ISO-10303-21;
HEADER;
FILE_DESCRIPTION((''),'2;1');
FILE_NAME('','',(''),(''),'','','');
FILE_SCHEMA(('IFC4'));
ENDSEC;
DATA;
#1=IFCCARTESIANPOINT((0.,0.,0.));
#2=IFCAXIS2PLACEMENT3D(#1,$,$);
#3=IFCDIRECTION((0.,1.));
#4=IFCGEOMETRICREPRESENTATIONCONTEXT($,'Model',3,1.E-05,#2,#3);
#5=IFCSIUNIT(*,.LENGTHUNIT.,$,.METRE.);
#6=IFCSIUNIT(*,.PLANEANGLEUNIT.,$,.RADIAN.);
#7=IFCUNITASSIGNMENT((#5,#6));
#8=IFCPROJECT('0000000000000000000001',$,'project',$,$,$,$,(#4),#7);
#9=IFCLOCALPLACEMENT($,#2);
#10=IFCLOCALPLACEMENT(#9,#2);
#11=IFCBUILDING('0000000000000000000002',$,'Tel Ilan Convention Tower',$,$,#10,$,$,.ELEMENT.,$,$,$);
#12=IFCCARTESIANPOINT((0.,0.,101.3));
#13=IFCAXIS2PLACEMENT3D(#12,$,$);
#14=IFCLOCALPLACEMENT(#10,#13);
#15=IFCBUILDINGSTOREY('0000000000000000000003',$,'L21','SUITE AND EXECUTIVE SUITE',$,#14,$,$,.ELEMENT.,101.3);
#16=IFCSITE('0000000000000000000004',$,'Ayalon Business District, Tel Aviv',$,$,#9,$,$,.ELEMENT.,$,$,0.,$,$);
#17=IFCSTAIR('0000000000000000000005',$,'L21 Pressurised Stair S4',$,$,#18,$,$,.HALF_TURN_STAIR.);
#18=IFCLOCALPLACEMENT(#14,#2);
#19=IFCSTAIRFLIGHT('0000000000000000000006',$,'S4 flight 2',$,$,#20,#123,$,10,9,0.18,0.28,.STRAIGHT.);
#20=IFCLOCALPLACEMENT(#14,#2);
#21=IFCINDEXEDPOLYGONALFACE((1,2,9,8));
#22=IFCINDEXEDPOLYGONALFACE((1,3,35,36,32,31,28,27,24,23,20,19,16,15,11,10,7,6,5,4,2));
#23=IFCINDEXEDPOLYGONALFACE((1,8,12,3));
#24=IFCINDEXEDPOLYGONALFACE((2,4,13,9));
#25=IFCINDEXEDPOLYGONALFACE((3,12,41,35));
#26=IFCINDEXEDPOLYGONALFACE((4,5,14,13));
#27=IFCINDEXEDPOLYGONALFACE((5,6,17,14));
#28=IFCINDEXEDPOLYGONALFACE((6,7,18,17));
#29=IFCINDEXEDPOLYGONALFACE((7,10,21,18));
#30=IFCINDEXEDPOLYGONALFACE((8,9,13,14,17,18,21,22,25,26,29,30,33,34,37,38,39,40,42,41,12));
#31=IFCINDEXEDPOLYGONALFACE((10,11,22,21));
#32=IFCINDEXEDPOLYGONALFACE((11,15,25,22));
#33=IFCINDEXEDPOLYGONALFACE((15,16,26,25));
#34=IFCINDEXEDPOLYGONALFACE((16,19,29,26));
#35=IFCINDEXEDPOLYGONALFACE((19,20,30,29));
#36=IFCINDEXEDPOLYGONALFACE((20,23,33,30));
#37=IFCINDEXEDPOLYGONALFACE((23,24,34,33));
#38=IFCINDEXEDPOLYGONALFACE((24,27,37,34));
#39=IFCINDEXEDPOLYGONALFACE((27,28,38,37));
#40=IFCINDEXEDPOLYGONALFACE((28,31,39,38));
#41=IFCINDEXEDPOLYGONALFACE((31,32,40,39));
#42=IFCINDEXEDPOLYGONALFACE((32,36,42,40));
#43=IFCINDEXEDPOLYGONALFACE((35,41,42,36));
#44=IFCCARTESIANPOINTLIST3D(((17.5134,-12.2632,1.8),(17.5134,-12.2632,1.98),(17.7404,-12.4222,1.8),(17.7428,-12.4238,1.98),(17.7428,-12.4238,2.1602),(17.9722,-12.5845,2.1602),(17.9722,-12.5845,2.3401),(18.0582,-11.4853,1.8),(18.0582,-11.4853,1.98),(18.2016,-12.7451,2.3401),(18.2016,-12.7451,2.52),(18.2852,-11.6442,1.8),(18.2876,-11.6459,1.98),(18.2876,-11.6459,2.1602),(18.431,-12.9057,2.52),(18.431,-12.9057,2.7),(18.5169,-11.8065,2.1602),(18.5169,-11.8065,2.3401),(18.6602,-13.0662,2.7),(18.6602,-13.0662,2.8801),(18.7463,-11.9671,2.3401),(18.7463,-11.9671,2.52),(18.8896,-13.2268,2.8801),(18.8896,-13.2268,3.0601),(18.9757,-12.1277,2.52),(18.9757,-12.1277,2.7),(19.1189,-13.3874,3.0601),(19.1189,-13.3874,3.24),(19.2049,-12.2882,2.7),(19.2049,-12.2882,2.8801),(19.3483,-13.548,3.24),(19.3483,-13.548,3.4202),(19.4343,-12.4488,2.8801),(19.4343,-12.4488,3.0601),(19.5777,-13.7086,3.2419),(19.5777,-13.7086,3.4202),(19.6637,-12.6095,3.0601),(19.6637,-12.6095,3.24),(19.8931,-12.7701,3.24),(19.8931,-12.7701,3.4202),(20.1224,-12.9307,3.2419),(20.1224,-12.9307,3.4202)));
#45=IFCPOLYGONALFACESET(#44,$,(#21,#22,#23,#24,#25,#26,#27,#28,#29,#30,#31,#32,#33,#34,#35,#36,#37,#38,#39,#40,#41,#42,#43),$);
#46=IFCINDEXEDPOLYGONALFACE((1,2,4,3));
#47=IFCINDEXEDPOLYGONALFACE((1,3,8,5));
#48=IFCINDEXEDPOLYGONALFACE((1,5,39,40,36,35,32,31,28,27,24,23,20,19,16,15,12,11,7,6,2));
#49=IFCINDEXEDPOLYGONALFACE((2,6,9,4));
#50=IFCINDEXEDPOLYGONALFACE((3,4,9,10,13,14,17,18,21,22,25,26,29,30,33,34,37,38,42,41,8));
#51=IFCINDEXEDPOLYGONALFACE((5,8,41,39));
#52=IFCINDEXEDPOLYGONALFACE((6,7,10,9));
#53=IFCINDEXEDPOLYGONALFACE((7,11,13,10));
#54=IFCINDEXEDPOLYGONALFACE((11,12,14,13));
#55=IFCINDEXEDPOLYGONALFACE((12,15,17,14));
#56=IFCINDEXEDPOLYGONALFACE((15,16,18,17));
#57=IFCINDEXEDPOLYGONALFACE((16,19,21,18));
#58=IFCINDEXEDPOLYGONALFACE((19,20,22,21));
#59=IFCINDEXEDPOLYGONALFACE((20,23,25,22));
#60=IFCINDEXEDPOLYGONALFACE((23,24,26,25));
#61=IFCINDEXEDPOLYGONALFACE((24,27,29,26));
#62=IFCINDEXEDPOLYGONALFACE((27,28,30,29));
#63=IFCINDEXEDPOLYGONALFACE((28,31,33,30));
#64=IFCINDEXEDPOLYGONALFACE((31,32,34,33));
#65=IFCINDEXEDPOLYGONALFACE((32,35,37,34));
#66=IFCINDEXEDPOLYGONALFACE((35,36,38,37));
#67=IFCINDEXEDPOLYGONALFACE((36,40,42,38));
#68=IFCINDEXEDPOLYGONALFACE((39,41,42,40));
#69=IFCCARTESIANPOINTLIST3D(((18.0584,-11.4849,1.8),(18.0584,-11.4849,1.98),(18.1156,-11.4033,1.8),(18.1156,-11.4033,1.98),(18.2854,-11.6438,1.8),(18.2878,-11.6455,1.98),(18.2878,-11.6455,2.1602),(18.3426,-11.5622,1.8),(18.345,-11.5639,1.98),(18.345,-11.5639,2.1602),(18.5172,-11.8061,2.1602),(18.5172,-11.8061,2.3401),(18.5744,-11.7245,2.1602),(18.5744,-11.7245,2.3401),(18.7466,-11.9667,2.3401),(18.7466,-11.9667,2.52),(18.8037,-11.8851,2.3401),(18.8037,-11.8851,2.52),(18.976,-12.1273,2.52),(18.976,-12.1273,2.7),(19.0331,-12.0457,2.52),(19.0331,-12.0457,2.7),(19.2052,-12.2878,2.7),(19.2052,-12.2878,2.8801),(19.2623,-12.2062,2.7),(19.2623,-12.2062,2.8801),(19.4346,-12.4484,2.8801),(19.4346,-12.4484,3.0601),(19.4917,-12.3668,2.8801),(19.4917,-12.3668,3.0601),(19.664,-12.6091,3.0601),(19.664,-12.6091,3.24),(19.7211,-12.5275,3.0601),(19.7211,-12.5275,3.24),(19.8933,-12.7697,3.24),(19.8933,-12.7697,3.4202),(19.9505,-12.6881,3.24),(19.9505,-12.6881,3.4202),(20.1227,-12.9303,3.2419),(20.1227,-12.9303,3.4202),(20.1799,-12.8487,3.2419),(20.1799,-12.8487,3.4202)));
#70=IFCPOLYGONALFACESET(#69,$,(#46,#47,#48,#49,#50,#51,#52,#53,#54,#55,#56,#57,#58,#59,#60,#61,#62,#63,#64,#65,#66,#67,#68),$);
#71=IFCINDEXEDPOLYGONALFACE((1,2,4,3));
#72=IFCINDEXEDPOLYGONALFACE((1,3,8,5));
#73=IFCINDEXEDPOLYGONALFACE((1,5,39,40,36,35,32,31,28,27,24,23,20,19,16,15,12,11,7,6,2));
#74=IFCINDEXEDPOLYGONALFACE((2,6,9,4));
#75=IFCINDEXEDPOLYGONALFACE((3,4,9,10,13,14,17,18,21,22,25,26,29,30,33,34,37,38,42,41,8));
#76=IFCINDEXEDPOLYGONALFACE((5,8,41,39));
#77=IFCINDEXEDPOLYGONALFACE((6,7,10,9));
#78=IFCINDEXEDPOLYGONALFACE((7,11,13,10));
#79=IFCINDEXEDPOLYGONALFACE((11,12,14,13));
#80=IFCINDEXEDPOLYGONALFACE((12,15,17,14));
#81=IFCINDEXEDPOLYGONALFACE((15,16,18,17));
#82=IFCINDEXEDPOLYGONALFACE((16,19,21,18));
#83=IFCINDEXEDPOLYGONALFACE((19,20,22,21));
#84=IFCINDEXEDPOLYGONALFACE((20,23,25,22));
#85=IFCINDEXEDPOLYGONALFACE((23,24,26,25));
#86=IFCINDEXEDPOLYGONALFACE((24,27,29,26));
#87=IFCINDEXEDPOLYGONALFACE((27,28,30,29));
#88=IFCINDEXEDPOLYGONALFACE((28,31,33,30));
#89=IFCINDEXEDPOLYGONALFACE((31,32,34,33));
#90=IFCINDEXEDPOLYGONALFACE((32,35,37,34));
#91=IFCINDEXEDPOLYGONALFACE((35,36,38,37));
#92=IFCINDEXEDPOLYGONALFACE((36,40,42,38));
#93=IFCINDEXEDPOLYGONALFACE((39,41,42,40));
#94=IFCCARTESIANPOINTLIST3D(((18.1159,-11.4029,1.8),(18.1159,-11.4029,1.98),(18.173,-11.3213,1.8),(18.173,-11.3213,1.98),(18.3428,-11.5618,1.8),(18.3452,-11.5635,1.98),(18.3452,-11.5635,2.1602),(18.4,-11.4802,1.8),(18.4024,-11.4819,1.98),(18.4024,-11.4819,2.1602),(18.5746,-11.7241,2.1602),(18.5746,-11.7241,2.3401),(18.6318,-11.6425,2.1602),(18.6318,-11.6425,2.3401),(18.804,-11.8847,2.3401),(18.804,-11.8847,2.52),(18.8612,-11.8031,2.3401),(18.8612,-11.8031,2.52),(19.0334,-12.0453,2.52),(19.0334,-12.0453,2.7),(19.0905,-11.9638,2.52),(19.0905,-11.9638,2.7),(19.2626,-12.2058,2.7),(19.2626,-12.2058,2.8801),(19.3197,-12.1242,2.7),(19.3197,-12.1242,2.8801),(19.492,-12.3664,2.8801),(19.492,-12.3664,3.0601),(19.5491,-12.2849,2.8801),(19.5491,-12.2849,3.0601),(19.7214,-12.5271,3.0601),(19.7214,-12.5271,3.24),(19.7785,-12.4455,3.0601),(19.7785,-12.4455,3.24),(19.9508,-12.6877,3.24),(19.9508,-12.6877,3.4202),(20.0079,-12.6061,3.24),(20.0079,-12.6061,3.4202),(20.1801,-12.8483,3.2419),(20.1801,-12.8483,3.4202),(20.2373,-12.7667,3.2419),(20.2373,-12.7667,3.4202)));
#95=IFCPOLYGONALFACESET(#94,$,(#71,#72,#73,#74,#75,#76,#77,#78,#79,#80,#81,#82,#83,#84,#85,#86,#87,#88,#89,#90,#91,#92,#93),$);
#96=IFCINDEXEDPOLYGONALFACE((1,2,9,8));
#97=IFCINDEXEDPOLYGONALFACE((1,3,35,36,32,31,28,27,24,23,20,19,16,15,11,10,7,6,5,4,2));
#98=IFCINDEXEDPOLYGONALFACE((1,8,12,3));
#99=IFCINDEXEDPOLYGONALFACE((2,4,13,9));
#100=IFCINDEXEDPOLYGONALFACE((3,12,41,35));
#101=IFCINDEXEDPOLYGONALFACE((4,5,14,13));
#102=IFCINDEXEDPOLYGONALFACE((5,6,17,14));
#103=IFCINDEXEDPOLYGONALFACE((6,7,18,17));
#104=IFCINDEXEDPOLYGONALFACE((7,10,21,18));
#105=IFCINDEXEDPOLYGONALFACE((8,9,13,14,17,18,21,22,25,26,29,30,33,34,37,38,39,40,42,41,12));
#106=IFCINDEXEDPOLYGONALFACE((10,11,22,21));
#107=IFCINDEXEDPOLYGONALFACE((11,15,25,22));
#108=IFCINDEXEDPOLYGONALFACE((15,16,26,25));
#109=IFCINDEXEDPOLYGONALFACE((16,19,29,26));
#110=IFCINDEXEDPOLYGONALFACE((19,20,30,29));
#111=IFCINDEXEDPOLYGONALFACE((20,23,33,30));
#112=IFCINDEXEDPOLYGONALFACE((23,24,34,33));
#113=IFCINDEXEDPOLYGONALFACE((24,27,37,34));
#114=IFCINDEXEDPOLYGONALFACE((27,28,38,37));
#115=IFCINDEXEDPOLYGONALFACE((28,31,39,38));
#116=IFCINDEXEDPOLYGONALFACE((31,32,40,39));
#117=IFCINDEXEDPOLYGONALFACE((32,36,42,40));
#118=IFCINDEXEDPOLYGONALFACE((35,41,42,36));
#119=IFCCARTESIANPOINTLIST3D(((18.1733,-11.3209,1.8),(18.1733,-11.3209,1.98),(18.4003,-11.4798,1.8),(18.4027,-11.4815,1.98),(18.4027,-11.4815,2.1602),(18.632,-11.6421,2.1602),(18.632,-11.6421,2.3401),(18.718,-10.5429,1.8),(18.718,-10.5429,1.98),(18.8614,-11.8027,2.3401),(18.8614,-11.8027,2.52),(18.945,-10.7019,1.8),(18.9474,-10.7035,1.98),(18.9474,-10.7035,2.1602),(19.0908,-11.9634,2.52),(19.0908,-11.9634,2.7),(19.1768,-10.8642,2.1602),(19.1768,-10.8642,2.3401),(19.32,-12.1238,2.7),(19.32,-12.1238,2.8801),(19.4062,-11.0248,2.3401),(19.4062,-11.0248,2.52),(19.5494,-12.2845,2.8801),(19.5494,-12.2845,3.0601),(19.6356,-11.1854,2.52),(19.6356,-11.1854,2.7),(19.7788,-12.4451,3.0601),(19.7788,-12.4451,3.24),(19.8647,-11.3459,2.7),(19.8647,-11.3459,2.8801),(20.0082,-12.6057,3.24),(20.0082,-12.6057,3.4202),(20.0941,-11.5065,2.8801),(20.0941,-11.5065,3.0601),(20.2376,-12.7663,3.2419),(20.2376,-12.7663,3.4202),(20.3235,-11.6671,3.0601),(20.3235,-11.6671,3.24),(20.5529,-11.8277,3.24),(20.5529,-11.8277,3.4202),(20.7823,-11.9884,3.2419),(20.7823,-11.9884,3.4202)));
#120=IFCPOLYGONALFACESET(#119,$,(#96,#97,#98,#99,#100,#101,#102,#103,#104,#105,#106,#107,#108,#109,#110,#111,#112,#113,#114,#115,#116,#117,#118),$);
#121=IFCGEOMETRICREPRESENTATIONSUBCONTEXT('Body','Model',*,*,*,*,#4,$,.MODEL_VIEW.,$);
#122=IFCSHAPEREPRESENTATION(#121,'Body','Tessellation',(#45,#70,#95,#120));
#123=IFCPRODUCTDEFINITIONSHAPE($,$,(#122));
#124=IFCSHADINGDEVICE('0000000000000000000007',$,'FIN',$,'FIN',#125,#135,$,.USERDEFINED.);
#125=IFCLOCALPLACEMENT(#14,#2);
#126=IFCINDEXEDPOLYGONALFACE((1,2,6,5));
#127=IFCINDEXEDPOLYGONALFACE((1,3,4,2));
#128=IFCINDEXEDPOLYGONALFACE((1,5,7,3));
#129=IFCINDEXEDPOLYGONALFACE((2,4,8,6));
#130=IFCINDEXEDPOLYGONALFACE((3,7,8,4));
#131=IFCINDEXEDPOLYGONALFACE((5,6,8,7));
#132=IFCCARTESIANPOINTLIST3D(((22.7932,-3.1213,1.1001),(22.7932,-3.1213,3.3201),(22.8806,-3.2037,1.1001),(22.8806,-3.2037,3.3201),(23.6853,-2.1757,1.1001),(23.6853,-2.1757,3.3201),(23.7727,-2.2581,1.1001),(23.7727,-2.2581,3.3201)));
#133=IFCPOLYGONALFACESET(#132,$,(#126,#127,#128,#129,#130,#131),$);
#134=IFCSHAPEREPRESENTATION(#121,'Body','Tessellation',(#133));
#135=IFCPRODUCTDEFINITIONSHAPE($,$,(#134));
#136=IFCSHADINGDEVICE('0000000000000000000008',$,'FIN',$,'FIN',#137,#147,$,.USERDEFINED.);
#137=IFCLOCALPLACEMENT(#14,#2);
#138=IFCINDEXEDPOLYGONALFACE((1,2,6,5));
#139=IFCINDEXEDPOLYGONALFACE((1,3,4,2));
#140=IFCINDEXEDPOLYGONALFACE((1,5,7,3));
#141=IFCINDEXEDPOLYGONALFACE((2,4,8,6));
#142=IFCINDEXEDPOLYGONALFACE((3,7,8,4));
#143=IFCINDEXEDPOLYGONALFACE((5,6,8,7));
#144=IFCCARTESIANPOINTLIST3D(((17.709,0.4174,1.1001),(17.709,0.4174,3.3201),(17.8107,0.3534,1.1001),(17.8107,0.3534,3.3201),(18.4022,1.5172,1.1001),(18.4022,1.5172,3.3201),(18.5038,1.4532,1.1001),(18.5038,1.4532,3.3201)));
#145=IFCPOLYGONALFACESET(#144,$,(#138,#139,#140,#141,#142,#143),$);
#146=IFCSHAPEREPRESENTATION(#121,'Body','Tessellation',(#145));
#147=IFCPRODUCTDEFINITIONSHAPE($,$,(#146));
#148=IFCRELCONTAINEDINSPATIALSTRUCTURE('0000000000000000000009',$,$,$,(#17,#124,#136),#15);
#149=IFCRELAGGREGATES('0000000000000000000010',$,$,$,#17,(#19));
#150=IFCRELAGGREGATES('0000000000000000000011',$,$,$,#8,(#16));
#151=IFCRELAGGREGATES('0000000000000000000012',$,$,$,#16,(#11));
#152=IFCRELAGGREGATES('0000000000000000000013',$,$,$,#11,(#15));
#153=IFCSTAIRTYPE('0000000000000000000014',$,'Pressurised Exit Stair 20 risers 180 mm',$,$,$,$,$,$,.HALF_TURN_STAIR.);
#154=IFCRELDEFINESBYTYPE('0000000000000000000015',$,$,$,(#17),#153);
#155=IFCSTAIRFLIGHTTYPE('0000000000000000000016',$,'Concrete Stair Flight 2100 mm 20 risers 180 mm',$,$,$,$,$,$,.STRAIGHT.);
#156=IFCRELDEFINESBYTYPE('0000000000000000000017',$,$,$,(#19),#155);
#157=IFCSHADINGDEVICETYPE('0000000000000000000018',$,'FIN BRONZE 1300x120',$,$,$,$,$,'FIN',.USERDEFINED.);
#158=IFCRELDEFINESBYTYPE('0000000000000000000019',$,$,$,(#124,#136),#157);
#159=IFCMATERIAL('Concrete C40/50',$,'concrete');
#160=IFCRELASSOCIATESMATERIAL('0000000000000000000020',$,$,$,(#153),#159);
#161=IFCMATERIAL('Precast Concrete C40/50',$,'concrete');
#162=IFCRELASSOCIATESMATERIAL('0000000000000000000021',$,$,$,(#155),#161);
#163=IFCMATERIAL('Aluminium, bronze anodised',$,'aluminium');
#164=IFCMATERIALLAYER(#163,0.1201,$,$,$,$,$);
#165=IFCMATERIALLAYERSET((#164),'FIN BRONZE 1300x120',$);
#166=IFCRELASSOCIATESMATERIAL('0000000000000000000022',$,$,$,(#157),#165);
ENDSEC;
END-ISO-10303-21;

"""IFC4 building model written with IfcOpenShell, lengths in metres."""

from ifc_helpers import new_model, si_unit, direction, frame, origin, origin_2d, place, context, subcontext, project, spatial, polyline, rectangle, outline, extrude, material, layer, layer_set, type_object, element, aggregate, save


model = new_model("IFC4")

# Units and contexts
model_context = context("Model", 3, precision=1e-05, world=origin(), true_north=direction((0.0, 1.0)))
body_context = subcontext(model_context, "Body", "Model", "MODEL_VIEW")
ifc_project = project(units=[si_unit("LENGTHUNIT", "METRE"), si_unit("PLANEANGLEUNIT", "RADIAN")], contexts=[model_context])

# Site, building, storey
site_placement = place(None, origin())
site = spatial("IfcSite", under=ifc_project, at=site_placement, Name="Ayalon Business District, Tel Aviv", CompositionType="ELEMENT", RefElevation=0.0)
building_placement = place(site_placement, origin())
building = spatial("IfcBuilding", under=site, at=building_placement, Name="Tel Ilan Convention Tower", CompositionType="ELEMENT")
storey_placement = place(building_placement, frame((0.0, 0.0, 101.3)))
storey = spatial("IfcBuildingStorey", under=building, at=storey_placement, Name="L21", Description="SUITE AND EXECUTIVE SUITE", CompositionType="ELEMENT", Elevation=101.3)

# Shared definitions
ifc_material_1 = material(Name="Concrete C40/50", Category="concrete")
stair_type = type_object("IfcStairType", Name="Pressurised Exit Stair 20 risers 180 mm", PredefinedType="HALF_TURN_STAIR", material=ifc_material_1)
ifc_material_2 = material(Name="Precast Concrete C40/50", Category="concrete")
stair_flight_type = type_object("IfcStairFlightType", Name="Concrete Stair Flight 2100 mm 20 risers 180 mm", PredefinedType="STRAIGHT", material=ifc_material_2)

# Stair, stair flight
stair_1_placement = place(storey_placement, origin())
stair_1 = element("IfcStair", 1, at=stair_1_placement, inside=storey, type_object=stair_type, Name="L21 Pressurised Stair S4", PredefinedType="HALF_TURN_STAIR")
stair_flight_1_placement = place(storey_placement, frame((18.1157, -11.4031, 1.8), z_axis=(0.0, 0.0, 1.0), x_axis=(0.819152, -0.573576, 0.0)))
stair_flight_1 = element("IfcStairFlight", 2, at=stair_flight_1_placement, type_object=stair_flight_type, Name="S4 flight 2", NumberOfRisers=10, NumberOfTreads=9, PredefinedType="STRAIGHT", RiserHeight=0.18, TreadLength=0.28, context=body_context, shape_type="SweptSolid", body=[
    extrude(outline(polyline([(0.0, 0.0), (0.0, 0.1799), (0.28, 0.1799), (0.28, 0.3601), (0.5601, 0.3601), (0.5601, 0.54), (0.8401, 0.54), (0.8401, 0.72), (1.1201, 0.72), (1.1201, 0.8999), (1.3999, 0.8999), (1.3999, 1.0801), (1.6799, 1.0801), (1.6799, 1.26), (1.96, 1.26), (1.96, 1.4399), (2.24, 1.4399), (2.24, 1.6201), (2.52, 1.6201), (2.52, 1.8), (2.52, 1.4419), (0.2771, 0.0), (0.0, 0.0)])), frame((0.0, -0.1003, 0.0), z_axis=(0.0, -1.0, 0.0), x_axis=(1.0, 0.0, 0.0)), (0.0, 0.0, 1.0), 0.9497),
    extrude(outline(polyline([(0.0, 0.0), (0.0, 0.1799), (0.28, 0.1799), (0.28, 0.3601), (0.5601, 0.3601), (0.5601, 0.54), (0.8401, 0.54), (0.8401, 0.72), (1.1201, 0.72), (1.1201, 0.8999), (1.3999, 0.8999), (1.3999, 1.0801), (1.6799, 1.0801), (1.6799, 1.26), (1.96, 1.26), (1.96, 1.4399), (2.24, 1.4399), (2.24, 1.6201), (2.52, 1.6201), (2.52, 1.8), (2.52, 1.4419), (0.2771, 0.0), (0.0, 0.0)])), frame((0.0, -0.0002, 0.0), z_axis=(0.0, -1.0, 0.0), x_axis=(1.0, 0.0, 0.0)), (0.0, 0.0, 1.0), 0.0996),
    extrude(outline(polyline([(0.0, 0.0), (0.0, 0.1799), (0.28, 0.1799), (0.28, 0.3601), (0.5601, 0.3601), (0.5601, 0.54), (0.8401, 0.54), (0.8401, 0.72), (1.1201, 0.72), (1.1201, 0.8999), (1.3999, 0.8999), (1.3999, 1.0801), (1.6799, 1.0801), (1.6799, 1.26), (1.96, 1.26), (1.96, 1.4399), (2.24, 1.4399), (2.24, 1.6201), (2.52, 1.6201), (2.52, 1.8), (2.52, 1.4419), (0.2771, 0.0), (0.0, 0.0)])), frame((0.0, 0.0999, 0.0), z_axis=(0.0, -1.0, 0.0), x_axis=(1.0, 0.0, 0.0)), (0.0, 0.0, 1.0), 0.0996),
    extrude(outline(polyline([(0.0, 0.0), (0.0, 0.1799), (0.28, 0.1799), (0.28, 0.3601), (0.5601, 0.3601), (0.5601, 0.54), (0.8401, 0.54), (0.8401, 0.72), (1.1201, 0.72), (1.1201, 0.8999), (1.3999, 0.8999), (1.3999, 1.0801), (1.6799, 1.0801), (1.6799, 1.26), (1.96, 1.26), (1.96, 1.4399), (2.24, 1.4399), (2.24, 1.6201), (2.52, 1.6201), (2.52, 1.8), (2.52, 1.4419), (0.2771, 0.0), (0.0, 0.0)])), frame((0.0, 1.05, 0.0), z_axis=(0.0, -1.0, 0.0), x_axis=(1.0, 0.0, 0.0)), (0.0, 0.0, 1.0), 0.9497),
])
aggregate(stair_1, [stair_flight_1])

# Shading devices
ifc_material_3 = material(Name="Aluminium, bronze anodised", Category="aluminium")
ifc_layer_1 = layer(ifc_material_3, 0.1201)
ifc_layer_set_1 = layer_set([ifc_layer_1], Name="FIN BRONZE 1300x120")
shading_device_type = type_object("IfcShadingDeviceType", Name="FIN BRONZE 1300x120", ElementType="FIN", PredefinedType="USERDEFINED", material=ifc_layer_set_1)
for number, where, z_axis, x_axis, name in (
    (3, (23.283, -2.6897, 1.1001), (0.0, 0.0, 1.0), (0.686242, 0.727374, 0.0), "FIN"),
    (4, (18.1064, 0.9353, 1.1001), (0.0, 0.0, 1.0), (0.533204, 0.845986, 0.0), "FIN"),
):
    element("IfcShadingDevice", number, at=place(storey_placement, frame(where, z_axis=z_axis, x_axis=x_axis)), inside=storey, type_object=shading_device_type, Name=name, ObjectType="FIN", PredefinedType="USERDEFINED", context=body_context, shape_type="SweptSolid", body=[
        extrude(rectangle(XDim=1.3, YDim=0.1201, at=origin_2d()), origin(), (0.0, 0.0, 1.0), 2.22),
    ])

save(model, "model.ifc")
